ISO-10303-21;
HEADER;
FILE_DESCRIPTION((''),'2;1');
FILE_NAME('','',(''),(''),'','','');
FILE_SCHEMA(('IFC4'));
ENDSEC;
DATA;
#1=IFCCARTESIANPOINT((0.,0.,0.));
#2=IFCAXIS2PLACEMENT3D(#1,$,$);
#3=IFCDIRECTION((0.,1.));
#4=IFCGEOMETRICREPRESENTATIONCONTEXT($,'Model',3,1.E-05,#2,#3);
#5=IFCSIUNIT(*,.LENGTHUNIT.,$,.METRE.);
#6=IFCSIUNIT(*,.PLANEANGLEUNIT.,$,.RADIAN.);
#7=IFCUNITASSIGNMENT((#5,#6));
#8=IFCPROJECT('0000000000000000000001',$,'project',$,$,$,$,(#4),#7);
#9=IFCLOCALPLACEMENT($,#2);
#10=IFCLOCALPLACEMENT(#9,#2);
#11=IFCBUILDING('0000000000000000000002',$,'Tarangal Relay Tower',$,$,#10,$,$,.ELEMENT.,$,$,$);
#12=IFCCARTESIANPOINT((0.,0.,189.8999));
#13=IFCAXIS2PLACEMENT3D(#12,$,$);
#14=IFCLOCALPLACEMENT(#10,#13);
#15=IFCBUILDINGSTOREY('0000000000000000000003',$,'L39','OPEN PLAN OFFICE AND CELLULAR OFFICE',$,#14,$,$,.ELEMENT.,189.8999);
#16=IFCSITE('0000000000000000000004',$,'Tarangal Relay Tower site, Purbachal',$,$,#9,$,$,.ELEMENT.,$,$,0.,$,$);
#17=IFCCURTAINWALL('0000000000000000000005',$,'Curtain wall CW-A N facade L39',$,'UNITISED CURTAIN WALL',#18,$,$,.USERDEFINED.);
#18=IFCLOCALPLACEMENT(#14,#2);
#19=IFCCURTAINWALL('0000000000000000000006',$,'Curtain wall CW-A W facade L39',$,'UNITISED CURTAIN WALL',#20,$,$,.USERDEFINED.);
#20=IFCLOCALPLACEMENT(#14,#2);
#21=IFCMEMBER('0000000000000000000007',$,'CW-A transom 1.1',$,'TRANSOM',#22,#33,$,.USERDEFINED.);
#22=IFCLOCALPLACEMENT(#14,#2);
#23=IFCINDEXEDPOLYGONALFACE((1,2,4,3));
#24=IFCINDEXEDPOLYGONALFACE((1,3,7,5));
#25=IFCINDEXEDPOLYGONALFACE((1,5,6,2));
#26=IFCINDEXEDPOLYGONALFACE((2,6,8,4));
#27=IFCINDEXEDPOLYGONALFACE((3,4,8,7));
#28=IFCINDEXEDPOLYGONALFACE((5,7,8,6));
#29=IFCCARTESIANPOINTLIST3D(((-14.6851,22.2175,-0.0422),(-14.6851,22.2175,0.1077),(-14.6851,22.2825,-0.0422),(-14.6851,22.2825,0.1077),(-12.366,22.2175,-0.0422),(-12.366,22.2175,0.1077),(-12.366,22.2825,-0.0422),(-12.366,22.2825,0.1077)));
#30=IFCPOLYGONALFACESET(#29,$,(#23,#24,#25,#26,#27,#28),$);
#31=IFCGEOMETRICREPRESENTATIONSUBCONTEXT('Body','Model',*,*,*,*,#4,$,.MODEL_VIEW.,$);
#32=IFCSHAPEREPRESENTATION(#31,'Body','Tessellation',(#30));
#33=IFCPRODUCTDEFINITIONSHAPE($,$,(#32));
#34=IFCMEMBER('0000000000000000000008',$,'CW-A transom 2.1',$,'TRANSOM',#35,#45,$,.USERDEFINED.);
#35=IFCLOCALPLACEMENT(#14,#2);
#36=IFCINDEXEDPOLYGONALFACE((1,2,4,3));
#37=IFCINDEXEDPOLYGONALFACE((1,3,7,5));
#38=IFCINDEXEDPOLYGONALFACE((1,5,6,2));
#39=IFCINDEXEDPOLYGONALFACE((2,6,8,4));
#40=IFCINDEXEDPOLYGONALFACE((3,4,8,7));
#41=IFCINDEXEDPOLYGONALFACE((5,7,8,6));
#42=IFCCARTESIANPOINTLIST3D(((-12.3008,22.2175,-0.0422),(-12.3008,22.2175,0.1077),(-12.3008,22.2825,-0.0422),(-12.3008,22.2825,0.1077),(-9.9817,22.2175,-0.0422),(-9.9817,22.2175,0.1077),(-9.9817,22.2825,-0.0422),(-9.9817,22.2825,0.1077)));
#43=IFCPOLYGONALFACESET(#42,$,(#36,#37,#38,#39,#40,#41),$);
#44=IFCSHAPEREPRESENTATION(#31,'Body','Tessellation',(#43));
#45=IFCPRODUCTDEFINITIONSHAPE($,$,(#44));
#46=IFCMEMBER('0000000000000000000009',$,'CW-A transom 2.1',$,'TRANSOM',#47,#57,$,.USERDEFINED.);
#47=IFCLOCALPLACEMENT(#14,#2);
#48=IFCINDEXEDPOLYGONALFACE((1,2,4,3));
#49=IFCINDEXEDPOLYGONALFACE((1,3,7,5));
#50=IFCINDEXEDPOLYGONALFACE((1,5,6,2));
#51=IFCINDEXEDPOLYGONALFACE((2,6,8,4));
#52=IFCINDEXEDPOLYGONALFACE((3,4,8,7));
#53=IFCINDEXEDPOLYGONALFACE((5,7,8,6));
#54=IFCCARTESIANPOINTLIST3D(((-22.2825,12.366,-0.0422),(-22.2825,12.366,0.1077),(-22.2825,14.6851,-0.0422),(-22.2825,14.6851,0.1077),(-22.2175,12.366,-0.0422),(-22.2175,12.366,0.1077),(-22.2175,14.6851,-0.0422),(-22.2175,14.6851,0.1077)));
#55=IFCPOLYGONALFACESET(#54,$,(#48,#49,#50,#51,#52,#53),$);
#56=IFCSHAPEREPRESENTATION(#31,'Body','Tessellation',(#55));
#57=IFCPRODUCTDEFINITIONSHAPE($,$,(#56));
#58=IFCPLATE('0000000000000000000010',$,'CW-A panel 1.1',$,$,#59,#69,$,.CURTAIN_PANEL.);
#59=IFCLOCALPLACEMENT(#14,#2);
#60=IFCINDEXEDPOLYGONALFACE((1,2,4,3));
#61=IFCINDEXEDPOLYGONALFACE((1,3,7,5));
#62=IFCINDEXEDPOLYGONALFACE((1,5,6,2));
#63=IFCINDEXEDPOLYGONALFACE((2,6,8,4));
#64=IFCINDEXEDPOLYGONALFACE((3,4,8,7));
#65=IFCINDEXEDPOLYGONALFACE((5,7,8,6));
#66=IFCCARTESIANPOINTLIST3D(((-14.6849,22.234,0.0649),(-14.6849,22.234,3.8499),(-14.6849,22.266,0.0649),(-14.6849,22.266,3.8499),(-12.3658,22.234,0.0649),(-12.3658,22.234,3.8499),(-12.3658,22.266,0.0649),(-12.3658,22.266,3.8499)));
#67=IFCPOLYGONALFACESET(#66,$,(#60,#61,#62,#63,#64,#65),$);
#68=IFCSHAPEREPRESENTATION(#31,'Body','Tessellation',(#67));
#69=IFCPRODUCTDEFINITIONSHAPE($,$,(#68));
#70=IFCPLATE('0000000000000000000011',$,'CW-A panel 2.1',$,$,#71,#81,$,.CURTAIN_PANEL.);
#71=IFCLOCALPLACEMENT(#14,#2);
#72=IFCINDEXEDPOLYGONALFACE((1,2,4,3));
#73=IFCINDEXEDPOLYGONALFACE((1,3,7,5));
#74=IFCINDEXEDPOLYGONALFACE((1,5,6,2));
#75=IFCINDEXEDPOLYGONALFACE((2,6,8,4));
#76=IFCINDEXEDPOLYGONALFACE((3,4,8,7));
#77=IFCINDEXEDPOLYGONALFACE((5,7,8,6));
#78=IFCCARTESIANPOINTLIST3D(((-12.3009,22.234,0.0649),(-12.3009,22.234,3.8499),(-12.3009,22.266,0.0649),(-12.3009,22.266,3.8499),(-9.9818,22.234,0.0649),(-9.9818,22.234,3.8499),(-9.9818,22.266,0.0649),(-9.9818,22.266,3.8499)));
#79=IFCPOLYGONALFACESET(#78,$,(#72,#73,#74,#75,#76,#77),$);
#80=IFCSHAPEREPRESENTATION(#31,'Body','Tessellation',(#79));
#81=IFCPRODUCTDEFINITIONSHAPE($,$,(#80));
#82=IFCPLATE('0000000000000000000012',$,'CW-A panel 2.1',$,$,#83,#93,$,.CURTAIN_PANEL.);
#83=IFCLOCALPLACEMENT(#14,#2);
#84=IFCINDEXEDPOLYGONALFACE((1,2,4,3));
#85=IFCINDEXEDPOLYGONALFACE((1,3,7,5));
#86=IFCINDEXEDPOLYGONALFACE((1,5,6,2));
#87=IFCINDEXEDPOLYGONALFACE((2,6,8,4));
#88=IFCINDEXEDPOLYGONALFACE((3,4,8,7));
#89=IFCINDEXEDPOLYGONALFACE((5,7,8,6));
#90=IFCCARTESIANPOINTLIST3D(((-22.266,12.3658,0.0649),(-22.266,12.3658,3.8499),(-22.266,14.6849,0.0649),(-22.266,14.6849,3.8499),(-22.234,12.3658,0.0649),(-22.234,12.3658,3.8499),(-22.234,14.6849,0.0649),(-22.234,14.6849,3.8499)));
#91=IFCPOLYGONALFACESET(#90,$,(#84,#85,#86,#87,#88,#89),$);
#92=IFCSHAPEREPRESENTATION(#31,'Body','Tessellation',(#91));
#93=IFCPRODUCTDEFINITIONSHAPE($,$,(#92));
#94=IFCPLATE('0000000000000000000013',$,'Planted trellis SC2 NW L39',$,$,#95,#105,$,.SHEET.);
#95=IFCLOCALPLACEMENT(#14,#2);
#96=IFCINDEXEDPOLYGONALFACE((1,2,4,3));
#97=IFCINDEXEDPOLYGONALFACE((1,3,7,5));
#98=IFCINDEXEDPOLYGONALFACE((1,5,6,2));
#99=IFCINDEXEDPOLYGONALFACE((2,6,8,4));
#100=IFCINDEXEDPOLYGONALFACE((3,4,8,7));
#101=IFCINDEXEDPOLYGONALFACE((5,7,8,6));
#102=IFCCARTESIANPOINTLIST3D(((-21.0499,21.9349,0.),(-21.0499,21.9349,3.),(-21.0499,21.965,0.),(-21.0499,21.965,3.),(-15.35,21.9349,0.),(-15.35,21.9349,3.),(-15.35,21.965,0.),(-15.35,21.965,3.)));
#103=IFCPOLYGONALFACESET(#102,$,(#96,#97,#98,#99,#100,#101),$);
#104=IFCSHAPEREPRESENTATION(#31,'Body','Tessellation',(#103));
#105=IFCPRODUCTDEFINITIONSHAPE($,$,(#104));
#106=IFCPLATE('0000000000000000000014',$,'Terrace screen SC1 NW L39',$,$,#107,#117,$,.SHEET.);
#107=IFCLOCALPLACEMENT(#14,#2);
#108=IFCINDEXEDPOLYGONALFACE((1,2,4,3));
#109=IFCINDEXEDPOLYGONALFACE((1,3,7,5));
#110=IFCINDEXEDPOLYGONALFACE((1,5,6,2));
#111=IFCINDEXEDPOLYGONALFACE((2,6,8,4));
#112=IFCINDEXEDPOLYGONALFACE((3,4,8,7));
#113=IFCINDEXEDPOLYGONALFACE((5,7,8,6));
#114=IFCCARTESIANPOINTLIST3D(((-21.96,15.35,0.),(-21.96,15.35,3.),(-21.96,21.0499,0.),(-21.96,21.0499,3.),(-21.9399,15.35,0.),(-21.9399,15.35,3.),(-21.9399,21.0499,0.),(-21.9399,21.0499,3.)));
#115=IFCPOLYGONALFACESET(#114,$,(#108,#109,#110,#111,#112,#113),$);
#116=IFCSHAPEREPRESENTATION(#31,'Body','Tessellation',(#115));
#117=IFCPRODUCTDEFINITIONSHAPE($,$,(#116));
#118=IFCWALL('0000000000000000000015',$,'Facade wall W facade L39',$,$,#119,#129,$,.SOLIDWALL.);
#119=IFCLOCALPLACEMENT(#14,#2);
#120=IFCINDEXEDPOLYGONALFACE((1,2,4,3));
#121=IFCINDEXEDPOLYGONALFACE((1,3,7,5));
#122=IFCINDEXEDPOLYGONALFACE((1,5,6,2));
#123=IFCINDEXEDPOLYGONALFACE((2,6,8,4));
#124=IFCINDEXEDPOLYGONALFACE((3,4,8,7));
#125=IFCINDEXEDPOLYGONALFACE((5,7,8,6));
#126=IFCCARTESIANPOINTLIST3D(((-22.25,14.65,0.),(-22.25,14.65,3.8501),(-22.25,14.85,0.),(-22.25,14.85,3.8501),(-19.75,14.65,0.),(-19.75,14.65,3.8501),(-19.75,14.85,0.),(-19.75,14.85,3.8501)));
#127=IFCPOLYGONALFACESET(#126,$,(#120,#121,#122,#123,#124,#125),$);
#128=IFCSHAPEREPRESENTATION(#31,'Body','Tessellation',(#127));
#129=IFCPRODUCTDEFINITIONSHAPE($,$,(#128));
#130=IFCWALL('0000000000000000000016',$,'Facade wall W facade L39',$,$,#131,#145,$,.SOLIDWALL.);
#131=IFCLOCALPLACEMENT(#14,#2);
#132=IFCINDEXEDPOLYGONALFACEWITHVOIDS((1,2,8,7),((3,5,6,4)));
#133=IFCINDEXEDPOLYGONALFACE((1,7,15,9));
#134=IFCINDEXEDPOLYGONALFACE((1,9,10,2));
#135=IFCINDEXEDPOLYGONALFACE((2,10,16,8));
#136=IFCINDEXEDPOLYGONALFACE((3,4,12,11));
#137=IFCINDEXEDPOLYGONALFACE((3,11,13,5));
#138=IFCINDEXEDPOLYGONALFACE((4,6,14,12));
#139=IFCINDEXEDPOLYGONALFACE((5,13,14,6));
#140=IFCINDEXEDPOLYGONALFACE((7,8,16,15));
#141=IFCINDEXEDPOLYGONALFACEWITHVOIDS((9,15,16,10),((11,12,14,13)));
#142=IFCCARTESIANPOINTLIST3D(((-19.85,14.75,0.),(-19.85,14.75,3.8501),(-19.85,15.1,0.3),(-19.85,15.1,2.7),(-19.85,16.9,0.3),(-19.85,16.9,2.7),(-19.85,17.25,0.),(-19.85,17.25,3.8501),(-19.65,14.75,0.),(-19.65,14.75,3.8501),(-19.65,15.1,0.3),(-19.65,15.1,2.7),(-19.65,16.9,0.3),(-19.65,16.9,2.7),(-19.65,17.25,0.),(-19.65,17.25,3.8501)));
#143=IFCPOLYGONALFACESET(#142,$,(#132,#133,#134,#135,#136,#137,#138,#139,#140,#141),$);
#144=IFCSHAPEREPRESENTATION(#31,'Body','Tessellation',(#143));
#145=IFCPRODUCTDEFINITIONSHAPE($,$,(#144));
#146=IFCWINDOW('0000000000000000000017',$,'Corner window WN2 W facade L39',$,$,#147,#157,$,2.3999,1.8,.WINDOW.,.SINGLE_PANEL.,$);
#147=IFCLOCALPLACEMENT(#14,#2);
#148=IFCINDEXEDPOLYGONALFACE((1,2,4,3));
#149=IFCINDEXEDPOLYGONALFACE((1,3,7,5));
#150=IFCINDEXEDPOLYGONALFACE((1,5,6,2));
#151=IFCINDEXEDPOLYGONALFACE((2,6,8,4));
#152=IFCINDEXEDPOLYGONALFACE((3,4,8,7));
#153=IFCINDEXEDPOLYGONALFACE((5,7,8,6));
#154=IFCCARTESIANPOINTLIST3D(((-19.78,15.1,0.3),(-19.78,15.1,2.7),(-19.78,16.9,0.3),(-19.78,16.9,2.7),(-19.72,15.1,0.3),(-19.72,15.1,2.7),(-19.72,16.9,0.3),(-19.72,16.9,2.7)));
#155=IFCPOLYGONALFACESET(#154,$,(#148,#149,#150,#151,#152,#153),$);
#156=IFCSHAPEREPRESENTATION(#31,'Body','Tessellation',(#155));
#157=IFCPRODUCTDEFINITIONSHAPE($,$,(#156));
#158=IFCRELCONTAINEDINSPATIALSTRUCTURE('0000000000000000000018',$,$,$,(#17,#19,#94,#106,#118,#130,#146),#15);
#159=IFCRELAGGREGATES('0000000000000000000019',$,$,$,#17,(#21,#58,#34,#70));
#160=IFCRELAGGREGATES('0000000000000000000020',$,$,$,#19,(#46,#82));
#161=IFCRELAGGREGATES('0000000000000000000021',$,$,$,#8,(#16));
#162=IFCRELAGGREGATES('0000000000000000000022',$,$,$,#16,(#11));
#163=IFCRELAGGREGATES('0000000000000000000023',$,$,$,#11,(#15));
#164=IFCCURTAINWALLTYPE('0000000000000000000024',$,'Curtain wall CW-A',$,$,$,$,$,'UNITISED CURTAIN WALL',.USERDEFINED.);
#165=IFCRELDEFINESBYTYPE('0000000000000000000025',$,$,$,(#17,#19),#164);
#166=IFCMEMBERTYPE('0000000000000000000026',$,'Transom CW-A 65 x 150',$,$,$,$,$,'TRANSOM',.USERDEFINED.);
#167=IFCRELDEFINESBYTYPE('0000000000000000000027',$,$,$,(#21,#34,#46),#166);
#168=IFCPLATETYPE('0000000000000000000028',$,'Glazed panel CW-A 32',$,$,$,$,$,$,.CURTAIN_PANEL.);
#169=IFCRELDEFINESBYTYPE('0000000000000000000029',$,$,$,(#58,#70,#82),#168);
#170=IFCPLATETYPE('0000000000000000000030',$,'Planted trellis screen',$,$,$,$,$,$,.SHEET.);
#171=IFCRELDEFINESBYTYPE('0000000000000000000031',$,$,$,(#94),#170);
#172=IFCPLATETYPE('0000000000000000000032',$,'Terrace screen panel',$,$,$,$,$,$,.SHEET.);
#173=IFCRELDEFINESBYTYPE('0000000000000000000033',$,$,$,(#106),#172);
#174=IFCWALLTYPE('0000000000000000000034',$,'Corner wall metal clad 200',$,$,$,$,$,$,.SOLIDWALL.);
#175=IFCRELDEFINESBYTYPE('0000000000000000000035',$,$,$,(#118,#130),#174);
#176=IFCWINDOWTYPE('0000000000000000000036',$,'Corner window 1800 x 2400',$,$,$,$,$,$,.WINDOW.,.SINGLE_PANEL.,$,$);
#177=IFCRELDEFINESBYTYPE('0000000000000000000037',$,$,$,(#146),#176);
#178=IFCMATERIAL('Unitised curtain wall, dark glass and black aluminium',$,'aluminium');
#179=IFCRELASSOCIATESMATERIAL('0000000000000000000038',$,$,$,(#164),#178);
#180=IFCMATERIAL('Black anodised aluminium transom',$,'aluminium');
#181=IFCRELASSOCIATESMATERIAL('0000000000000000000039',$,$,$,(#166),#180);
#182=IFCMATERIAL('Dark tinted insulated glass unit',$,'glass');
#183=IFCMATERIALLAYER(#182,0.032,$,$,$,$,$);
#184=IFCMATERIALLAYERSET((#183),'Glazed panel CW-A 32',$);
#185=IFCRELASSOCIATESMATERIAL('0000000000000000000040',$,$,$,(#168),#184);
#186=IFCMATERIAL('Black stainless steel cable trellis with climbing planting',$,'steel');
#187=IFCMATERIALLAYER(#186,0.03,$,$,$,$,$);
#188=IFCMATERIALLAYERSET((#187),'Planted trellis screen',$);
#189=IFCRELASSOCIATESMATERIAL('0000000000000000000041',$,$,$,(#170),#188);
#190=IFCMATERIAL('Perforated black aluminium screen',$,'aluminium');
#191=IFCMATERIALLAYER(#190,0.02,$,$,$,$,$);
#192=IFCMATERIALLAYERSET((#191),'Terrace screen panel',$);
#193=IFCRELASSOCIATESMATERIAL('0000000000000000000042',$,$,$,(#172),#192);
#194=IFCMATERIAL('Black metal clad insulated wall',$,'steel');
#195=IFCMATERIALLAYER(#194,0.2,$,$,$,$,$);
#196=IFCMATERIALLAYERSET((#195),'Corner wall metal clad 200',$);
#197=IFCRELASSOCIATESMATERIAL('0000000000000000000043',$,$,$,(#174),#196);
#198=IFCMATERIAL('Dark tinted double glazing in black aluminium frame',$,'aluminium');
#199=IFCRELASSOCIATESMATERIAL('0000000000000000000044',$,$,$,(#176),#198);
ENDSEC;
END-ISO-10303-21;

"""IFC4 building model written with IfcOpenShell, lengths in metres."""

from ifc_helpers import new_model, si_unit, direction, frame, frame_2d, origin, origin_2d, place, context, subcontext, project, spatial, rectangle, extrude, material, layer, layer_set, material_profile, profile_set, type_object, element, fill, aggregate, save


model = new_model("IFC4")

# Units and contexts
model_context = context("Model", 3, precision=1e-05, world=origin(), true_north=direction((0.0, 1.0)))
body_context = subcontext(model_context, "Body", "Model", "MODEL_VIEW")
ifc_project = project(units=[si_unit("LENGTHUNIT", "METRE"), si_unit("PLANEANGLEUNIT", "RADIAN")], contexts=[model_context])

# Site, building, storey
site_placement = place(None, origin())
site = spatial("IfcSite", under=ifc_project, at=site_placement, Name="Tarangal Relay Tower site, Purbachal", CompositionType="ELEMENT", RefElevation=0.0)
building_placement = place(site_placement, origin())
building = spatial("IfcBuilding", under=site, at=building_placement, Name="Tarangal Relay Tower", CompositionType="ELEMENT")
storey_placement = place(building_placement, frame((0.0, 0.0, 189.8999)))
storey = spatial("IfcBuildingStorey", under=building, at=storey_placement, Name="L39", Description="OPEN PLAN OFFICE AND CELLULAR OFFICE", CompositionType="ELEMENT", Elevation=189.8999)

# Curtain walls
ifc_material_1 = material(Name="Unitised curtain wall, dark glass and black aluminium", Category="aluminium")
curtain_wall_type = type_object("IfcCurtainWallType", Name="Curtain wall CW-A", ElementType="UNITISED CURTAIN WALL", PredefinedType="USERDEFINED", material=ifc_material_1)
curtain_wall_1_placement = place(storey_placement, origin())
curtain_wall_1 = element("IfcCurtainWall", 1, at=curtain_wall_1_placement, inside=storey, type_object=curtain_wall_type, Name="Curtain wall CW-A N facade L39", ObjectType="UNITISED CURTAIN WALL", PredefinedType="USERDEFINED")
curtain_wall_2_placement = place(storey_placement, origin())
curtain_wall_2 = element("IfcCurtainWall", 2, at=curtain_wall_2_placement, inside=storey, type_object=curtain_wall_type, Name="Curtain wall CW-A W facade L39", ObjectType="UNITISED CURTAIN WALL", PredefinedType="USERDEFINED")

# Members
ifc_material_2 = material(Name="Black anodised aluminium transom", Category="aluminium")
ifc_material_profile_1 = material_profile(ifc_material_2, rectangle(XDim=0.0649, YDim=0.1499, at=origin_2d()), Name="CW-AT 65X150")
ifc_profile_set_1 = profile_set([ifc_material_profile_1], Name="Black anodised aluminium transom")
member_type_1 = type_object("IfcMemberType", Name="Transom CW-A 65 x 150", ElementType="TRANSOM", PredefinedType="USERDEFINED", material=ifc_profile_set_1)
member_1_placement = place(storey_placement, frame((-14.6851, 22.25, 0.0327), z_axis=(1.0, 0.0, 0.0), x_axis=(0.0, 1.0, 0.0)))
member_1 = element("IfcMember", 3, at=member_1_placement, type_object=member_type_1, Name="CW-A transom 1.1", ObjectType="TRANSOM", PredefinedType="USERDEFINED", context=body_context, shape_type="SweptSolid", body=[
    extrude(rectangle(XDim=0.0649, YDim=0.1499, at=origin_2d()), origin(), (0.0, 0.0, 1.0), 2.3191),
])
member_2_placement = place(storey_placement, frame((-12.3008, 22.25, 0.0327), z_axis=(1.0, 0.0, 0.0), x_axis=(0.0, 1.0, 0.0)))
member_2 = element("IfcMember", 4, at=member_2_placement, type_object=member_type_1, Name="CW-A transom 2.1", ObjectType="TRANSOM", PredefinedType="USERDEFINED", context=body_context, shape_type="SweptSolid", body=[
    extrude(rectangle(XDim=0.0649, YDim=0.1499, at=origin_2d()), origin(), (0.0, 0.0, 1.0), 2.3191),
])
member_3_placement = place(storey_placement, frame((-22.25, 12.366, 0.0327), z_axis=(0.0, 1.0, 0.0), x_axis=(-1.0, 0.0, 0.0)))
member_3 = element("IfcMember", 5, at=member_3_placement, type_object=member_type_1, Name="CW-A transom 2.1", ObjectType="TRANSOM", PredefinedType="USERDEFINED", context=body_context, shape_type="SweptSolid", body=[
    extrude(rectangle(XDim=0.0649, YDim=0.1499, at=origin_2d()), origin(), (0.0, 0.0, 1.0), 2.3191),
])

# Plates
ifc_material_3 = material(Name="Dark tinted insulated glass unit", Category="glass")
ifc_layer_1 = layer(ifc_material_3, 0.032)
ifc_layer_set_1 = layer_set([ifc_layer_1], Name="Glazed panel CW-A 32")
plate_type_1 = type_object("IfcPlateType", Name="Glazed panel CW-A 32", PredefinedType="CURTAIN_PANEL", material=ifc_layer_set_1)
plate_1_placement = place(storey_placement, frame((-13.5254, 22.25, 0.0649), z_axis=(0.0, 0.0, 1.0), x_axis=(1.0, 0.0, 0.0)))
plate_1 = element("IfcPlate", 6, at=plate_1_placement, type_object=plate_type_1, Name="CW-A panel 1.1", PredefinedType="CURTAIN_PANEL", context=body_context, shape_type="SweptSolid", body=[
    extrude(rectangle(XDim=2.3191, YDim=0.032, at=origin_2d()), origin(), (0.0, 0.0, 1.0), 3.7849),
])
plate_2_placement = place(storey_placement, frame((-11.1414, 22.25, 0.0649), z_axis=(0.0, 0.0, 1.0), x_axis=(1.0, 0.0, 0.0)))
plate_2 = element("IfcPlate", 7, at=plate_2_placement, type_object=plate_type_1, Name="CW-A panel 2.1", PredefinedType="CURTAIN_PANEL", context=body_context, shape_type="SweptSolid", body=[
    extrude(rectangle(XDim=2.3191, YDim=0.032, at=origin_2d()), origin(), (0.0, 0.0, 1.0), 3.7849),
])
aggregate(curtain_wall_1, [member_1, plate_1, member_2, plate_2])
plate_3_placement = place(storey_placement, frame((-22.25, 13.5254, 0.0649), z_axis=(0.0, 0.0, 1.0), x_axis=(0.0, 1.0, 0.0)))
plate_3 = element("IfcPlate", 8, at=plate_3_placement, type_object=plate_type_1, Name="CW-A panel 2.1", PredefinedType="CURTAIN_PANEL", context=body_context, shape_type="SweptSolid", body=[
    extrude(rectangle(XDim=2.3191, YDim=0.032, at=origin_2d()), origin(), (0.0, 0.0, 1.0), 3.7849),
])
aggregate(curtain_wall_2, [member_3, plate_3])

# Plates
ifc_material_4 = material(Name="Black stainless steel cable trellis with climbing planting", Category="steel")
ifc_layer_2 = layer(ifc_material_4, 0.03)
ifc_layer_set_2 = layer_set([ifc_layer_2], Name="Planted trellis screen")
plate_type_2 = type_object("IfcPlateType", Name="Planted trellis screen", PredefinedType="SHEET", material=ifc_layer_set_2)
plate_4_placement = place(storey_placement, frame((-18.2, 21.95, 0.0), z_axis=(0.0, 0.0, 1.0), x_axis=(1.0, 0.0, 0.0)))
element("IfcPlate", 9, at=plate_4_placement, inside=storey, type_object=plate_type_2, Name="Planted trellis SC2 NW L39", PredefinedType="SHEET", context=body_context, shape_type="SweptSolid", body=[
    extrude(rectangle(XDim=5.7, YDim=0.03, at=origin_2d()), origin(), (0.0, 0.0, 1.0), 3.0),
])
ifc_material_5 = material(Name="Perforated black aluminium screen", Category="aluminium")
ifc_layer_3 = layer(ifc_material_5, 0.02)
ifc_layer_set_3 = layer_set([ifc_layer_3], Name="Terrace screen panel")
plate_type_3 = type_object("IfcPlateType", Name="Terrace screen panel", PredefinedType="SHEET", material=ifc_layer_set_3)
plate_5_placement = place(storey_placement, frame((-21.95, 18.2, 0.0), z_axis=(0.0, 0.0, 1.0), x_axis=(0.0, 1.0, 0.0)))
element("IfcPlate", 10, at=plate_5_placement, inside=storey, type_object=plate_type_3, Name="Terrace screen SC1 NW L39", PredefinedType="SHEET", context=body_context, shape_type="SweptSolid", body=[
    extrude(rectangle(XDim=5.7, YDim=0.02, at=origin_2d()), origin(), (0.0, 0.0, 1.0), 3.0),
])

# Wall
ifc_material_6 = material(Name="Black metal clad insulated wall", Category="steel")
ifc_layer_4 = layer(ifc_material_6, 0.2)
ifc_layer_set_4 = layer_set([ifc_layer_4], Name="Corner wall metal clad 200")
wall_type_1 = type_object("IfcWallType", Name="Corner wall metal clad 200", PredefinedType="SOLIDWALL", material=ifc_layer_set_4)
wall_1_placement = place(storey_placement, frame((-22.25, 14.75, 0.0), z_axis=(0.0, 0.0, 1.0), x_axis=(1.0, 0.0, 0.0)))
element("IfcWall", 11, at=wall_1_placement, inside=storey, type_object=wall_type_1, Name="Facade wall W facade L39", PredefinedType="SOLIDWALL", context=body_context, shape_type="SweptSolid", body=[
    extrude(rectangle(XDim=2.5, YDim=0.2, at=frame_2d((1.25, 0.0))), origin(), (0.0, 0.0, 1.0), 3.8501),
])

# Wall, opening, window
wall_2_placement = place(storey_placement, frame((-19.75, 14.75, 0.0), z_axis=(0.0, 0.0, 1.0), x_axis=(0.0, 1.0, 0.0)))
wall_2 = element("IfcWall", 12, at=wall_2_placement, inside=storey, type_object=wall_type_1, Name="Facade wall W facade L39", PredefinedType="SOLIDWALL", context=body_context, shape_type="SweptSolid", body=[
    extrude(rectangle(XDim=2.5, YDim=0.2, at=frame_2d((1.25, 0.0))), origin(), (0.0, 0.0, 1.0), 3.8501),
])
opening_1_placement = place(wall_2_placement, frame((0.3501, 0.0, 0.3)))
opening_1 = element("IfcOpeningElement", 13, at=opening_1_placement, cuts=wall_2, PredefinedType="OPENING", context=body_context, shape_type="SweptSolid", body=[
    extrude(rectangle(XDim=1.8, YDim=2.3999, at=frame_2d((0.8999, 1.2))), frame((0.0, 0.1099, 0.0), z_axis=(0.0, -1.0, 0.0), x_axis=(1.0, 0.0, 0.0)), (0.0, 0.0, 1.0), 0.22),
])
ifc_material_7 = material(Name="Dark tinted double glazing in black aluminium frame", Category="aluminium")
window_type = type_object("IfcWindowType", Name="Corner window 1800 x 2400", PartitioningType="SINGLE_PANEL", PredefinedType="WINDOW", material=ifc_material_7)
window_1_placement = place(opening_1_placement, origin())
window_1 = element("IfcWindow", 14, at=window_1_placement, inside=storey, type_object=window_type, Name="Corner window WN2 W facade L39", OverallHeight=2.3999, OverallWidth=1.8, PartitioningType="SINGLE_PANEL", PredefinedType="WINDOW", context=body_context, shape_type="SweptSolid", body=[
    extrude(rectangle(XDim=1.8, YDim=2.3999, at=frame_2d((0.8999, 1.2))), frame((0.0, 0.03, 0.0), z_axis=(0.0, -1.0, 0.0), x_axis=(1.0, 0.0, 0.0)), (0.0, 0.0, 1.0), 0.0601),
])
fill(opening_1, window_1)

save(model, "model.ifc")
